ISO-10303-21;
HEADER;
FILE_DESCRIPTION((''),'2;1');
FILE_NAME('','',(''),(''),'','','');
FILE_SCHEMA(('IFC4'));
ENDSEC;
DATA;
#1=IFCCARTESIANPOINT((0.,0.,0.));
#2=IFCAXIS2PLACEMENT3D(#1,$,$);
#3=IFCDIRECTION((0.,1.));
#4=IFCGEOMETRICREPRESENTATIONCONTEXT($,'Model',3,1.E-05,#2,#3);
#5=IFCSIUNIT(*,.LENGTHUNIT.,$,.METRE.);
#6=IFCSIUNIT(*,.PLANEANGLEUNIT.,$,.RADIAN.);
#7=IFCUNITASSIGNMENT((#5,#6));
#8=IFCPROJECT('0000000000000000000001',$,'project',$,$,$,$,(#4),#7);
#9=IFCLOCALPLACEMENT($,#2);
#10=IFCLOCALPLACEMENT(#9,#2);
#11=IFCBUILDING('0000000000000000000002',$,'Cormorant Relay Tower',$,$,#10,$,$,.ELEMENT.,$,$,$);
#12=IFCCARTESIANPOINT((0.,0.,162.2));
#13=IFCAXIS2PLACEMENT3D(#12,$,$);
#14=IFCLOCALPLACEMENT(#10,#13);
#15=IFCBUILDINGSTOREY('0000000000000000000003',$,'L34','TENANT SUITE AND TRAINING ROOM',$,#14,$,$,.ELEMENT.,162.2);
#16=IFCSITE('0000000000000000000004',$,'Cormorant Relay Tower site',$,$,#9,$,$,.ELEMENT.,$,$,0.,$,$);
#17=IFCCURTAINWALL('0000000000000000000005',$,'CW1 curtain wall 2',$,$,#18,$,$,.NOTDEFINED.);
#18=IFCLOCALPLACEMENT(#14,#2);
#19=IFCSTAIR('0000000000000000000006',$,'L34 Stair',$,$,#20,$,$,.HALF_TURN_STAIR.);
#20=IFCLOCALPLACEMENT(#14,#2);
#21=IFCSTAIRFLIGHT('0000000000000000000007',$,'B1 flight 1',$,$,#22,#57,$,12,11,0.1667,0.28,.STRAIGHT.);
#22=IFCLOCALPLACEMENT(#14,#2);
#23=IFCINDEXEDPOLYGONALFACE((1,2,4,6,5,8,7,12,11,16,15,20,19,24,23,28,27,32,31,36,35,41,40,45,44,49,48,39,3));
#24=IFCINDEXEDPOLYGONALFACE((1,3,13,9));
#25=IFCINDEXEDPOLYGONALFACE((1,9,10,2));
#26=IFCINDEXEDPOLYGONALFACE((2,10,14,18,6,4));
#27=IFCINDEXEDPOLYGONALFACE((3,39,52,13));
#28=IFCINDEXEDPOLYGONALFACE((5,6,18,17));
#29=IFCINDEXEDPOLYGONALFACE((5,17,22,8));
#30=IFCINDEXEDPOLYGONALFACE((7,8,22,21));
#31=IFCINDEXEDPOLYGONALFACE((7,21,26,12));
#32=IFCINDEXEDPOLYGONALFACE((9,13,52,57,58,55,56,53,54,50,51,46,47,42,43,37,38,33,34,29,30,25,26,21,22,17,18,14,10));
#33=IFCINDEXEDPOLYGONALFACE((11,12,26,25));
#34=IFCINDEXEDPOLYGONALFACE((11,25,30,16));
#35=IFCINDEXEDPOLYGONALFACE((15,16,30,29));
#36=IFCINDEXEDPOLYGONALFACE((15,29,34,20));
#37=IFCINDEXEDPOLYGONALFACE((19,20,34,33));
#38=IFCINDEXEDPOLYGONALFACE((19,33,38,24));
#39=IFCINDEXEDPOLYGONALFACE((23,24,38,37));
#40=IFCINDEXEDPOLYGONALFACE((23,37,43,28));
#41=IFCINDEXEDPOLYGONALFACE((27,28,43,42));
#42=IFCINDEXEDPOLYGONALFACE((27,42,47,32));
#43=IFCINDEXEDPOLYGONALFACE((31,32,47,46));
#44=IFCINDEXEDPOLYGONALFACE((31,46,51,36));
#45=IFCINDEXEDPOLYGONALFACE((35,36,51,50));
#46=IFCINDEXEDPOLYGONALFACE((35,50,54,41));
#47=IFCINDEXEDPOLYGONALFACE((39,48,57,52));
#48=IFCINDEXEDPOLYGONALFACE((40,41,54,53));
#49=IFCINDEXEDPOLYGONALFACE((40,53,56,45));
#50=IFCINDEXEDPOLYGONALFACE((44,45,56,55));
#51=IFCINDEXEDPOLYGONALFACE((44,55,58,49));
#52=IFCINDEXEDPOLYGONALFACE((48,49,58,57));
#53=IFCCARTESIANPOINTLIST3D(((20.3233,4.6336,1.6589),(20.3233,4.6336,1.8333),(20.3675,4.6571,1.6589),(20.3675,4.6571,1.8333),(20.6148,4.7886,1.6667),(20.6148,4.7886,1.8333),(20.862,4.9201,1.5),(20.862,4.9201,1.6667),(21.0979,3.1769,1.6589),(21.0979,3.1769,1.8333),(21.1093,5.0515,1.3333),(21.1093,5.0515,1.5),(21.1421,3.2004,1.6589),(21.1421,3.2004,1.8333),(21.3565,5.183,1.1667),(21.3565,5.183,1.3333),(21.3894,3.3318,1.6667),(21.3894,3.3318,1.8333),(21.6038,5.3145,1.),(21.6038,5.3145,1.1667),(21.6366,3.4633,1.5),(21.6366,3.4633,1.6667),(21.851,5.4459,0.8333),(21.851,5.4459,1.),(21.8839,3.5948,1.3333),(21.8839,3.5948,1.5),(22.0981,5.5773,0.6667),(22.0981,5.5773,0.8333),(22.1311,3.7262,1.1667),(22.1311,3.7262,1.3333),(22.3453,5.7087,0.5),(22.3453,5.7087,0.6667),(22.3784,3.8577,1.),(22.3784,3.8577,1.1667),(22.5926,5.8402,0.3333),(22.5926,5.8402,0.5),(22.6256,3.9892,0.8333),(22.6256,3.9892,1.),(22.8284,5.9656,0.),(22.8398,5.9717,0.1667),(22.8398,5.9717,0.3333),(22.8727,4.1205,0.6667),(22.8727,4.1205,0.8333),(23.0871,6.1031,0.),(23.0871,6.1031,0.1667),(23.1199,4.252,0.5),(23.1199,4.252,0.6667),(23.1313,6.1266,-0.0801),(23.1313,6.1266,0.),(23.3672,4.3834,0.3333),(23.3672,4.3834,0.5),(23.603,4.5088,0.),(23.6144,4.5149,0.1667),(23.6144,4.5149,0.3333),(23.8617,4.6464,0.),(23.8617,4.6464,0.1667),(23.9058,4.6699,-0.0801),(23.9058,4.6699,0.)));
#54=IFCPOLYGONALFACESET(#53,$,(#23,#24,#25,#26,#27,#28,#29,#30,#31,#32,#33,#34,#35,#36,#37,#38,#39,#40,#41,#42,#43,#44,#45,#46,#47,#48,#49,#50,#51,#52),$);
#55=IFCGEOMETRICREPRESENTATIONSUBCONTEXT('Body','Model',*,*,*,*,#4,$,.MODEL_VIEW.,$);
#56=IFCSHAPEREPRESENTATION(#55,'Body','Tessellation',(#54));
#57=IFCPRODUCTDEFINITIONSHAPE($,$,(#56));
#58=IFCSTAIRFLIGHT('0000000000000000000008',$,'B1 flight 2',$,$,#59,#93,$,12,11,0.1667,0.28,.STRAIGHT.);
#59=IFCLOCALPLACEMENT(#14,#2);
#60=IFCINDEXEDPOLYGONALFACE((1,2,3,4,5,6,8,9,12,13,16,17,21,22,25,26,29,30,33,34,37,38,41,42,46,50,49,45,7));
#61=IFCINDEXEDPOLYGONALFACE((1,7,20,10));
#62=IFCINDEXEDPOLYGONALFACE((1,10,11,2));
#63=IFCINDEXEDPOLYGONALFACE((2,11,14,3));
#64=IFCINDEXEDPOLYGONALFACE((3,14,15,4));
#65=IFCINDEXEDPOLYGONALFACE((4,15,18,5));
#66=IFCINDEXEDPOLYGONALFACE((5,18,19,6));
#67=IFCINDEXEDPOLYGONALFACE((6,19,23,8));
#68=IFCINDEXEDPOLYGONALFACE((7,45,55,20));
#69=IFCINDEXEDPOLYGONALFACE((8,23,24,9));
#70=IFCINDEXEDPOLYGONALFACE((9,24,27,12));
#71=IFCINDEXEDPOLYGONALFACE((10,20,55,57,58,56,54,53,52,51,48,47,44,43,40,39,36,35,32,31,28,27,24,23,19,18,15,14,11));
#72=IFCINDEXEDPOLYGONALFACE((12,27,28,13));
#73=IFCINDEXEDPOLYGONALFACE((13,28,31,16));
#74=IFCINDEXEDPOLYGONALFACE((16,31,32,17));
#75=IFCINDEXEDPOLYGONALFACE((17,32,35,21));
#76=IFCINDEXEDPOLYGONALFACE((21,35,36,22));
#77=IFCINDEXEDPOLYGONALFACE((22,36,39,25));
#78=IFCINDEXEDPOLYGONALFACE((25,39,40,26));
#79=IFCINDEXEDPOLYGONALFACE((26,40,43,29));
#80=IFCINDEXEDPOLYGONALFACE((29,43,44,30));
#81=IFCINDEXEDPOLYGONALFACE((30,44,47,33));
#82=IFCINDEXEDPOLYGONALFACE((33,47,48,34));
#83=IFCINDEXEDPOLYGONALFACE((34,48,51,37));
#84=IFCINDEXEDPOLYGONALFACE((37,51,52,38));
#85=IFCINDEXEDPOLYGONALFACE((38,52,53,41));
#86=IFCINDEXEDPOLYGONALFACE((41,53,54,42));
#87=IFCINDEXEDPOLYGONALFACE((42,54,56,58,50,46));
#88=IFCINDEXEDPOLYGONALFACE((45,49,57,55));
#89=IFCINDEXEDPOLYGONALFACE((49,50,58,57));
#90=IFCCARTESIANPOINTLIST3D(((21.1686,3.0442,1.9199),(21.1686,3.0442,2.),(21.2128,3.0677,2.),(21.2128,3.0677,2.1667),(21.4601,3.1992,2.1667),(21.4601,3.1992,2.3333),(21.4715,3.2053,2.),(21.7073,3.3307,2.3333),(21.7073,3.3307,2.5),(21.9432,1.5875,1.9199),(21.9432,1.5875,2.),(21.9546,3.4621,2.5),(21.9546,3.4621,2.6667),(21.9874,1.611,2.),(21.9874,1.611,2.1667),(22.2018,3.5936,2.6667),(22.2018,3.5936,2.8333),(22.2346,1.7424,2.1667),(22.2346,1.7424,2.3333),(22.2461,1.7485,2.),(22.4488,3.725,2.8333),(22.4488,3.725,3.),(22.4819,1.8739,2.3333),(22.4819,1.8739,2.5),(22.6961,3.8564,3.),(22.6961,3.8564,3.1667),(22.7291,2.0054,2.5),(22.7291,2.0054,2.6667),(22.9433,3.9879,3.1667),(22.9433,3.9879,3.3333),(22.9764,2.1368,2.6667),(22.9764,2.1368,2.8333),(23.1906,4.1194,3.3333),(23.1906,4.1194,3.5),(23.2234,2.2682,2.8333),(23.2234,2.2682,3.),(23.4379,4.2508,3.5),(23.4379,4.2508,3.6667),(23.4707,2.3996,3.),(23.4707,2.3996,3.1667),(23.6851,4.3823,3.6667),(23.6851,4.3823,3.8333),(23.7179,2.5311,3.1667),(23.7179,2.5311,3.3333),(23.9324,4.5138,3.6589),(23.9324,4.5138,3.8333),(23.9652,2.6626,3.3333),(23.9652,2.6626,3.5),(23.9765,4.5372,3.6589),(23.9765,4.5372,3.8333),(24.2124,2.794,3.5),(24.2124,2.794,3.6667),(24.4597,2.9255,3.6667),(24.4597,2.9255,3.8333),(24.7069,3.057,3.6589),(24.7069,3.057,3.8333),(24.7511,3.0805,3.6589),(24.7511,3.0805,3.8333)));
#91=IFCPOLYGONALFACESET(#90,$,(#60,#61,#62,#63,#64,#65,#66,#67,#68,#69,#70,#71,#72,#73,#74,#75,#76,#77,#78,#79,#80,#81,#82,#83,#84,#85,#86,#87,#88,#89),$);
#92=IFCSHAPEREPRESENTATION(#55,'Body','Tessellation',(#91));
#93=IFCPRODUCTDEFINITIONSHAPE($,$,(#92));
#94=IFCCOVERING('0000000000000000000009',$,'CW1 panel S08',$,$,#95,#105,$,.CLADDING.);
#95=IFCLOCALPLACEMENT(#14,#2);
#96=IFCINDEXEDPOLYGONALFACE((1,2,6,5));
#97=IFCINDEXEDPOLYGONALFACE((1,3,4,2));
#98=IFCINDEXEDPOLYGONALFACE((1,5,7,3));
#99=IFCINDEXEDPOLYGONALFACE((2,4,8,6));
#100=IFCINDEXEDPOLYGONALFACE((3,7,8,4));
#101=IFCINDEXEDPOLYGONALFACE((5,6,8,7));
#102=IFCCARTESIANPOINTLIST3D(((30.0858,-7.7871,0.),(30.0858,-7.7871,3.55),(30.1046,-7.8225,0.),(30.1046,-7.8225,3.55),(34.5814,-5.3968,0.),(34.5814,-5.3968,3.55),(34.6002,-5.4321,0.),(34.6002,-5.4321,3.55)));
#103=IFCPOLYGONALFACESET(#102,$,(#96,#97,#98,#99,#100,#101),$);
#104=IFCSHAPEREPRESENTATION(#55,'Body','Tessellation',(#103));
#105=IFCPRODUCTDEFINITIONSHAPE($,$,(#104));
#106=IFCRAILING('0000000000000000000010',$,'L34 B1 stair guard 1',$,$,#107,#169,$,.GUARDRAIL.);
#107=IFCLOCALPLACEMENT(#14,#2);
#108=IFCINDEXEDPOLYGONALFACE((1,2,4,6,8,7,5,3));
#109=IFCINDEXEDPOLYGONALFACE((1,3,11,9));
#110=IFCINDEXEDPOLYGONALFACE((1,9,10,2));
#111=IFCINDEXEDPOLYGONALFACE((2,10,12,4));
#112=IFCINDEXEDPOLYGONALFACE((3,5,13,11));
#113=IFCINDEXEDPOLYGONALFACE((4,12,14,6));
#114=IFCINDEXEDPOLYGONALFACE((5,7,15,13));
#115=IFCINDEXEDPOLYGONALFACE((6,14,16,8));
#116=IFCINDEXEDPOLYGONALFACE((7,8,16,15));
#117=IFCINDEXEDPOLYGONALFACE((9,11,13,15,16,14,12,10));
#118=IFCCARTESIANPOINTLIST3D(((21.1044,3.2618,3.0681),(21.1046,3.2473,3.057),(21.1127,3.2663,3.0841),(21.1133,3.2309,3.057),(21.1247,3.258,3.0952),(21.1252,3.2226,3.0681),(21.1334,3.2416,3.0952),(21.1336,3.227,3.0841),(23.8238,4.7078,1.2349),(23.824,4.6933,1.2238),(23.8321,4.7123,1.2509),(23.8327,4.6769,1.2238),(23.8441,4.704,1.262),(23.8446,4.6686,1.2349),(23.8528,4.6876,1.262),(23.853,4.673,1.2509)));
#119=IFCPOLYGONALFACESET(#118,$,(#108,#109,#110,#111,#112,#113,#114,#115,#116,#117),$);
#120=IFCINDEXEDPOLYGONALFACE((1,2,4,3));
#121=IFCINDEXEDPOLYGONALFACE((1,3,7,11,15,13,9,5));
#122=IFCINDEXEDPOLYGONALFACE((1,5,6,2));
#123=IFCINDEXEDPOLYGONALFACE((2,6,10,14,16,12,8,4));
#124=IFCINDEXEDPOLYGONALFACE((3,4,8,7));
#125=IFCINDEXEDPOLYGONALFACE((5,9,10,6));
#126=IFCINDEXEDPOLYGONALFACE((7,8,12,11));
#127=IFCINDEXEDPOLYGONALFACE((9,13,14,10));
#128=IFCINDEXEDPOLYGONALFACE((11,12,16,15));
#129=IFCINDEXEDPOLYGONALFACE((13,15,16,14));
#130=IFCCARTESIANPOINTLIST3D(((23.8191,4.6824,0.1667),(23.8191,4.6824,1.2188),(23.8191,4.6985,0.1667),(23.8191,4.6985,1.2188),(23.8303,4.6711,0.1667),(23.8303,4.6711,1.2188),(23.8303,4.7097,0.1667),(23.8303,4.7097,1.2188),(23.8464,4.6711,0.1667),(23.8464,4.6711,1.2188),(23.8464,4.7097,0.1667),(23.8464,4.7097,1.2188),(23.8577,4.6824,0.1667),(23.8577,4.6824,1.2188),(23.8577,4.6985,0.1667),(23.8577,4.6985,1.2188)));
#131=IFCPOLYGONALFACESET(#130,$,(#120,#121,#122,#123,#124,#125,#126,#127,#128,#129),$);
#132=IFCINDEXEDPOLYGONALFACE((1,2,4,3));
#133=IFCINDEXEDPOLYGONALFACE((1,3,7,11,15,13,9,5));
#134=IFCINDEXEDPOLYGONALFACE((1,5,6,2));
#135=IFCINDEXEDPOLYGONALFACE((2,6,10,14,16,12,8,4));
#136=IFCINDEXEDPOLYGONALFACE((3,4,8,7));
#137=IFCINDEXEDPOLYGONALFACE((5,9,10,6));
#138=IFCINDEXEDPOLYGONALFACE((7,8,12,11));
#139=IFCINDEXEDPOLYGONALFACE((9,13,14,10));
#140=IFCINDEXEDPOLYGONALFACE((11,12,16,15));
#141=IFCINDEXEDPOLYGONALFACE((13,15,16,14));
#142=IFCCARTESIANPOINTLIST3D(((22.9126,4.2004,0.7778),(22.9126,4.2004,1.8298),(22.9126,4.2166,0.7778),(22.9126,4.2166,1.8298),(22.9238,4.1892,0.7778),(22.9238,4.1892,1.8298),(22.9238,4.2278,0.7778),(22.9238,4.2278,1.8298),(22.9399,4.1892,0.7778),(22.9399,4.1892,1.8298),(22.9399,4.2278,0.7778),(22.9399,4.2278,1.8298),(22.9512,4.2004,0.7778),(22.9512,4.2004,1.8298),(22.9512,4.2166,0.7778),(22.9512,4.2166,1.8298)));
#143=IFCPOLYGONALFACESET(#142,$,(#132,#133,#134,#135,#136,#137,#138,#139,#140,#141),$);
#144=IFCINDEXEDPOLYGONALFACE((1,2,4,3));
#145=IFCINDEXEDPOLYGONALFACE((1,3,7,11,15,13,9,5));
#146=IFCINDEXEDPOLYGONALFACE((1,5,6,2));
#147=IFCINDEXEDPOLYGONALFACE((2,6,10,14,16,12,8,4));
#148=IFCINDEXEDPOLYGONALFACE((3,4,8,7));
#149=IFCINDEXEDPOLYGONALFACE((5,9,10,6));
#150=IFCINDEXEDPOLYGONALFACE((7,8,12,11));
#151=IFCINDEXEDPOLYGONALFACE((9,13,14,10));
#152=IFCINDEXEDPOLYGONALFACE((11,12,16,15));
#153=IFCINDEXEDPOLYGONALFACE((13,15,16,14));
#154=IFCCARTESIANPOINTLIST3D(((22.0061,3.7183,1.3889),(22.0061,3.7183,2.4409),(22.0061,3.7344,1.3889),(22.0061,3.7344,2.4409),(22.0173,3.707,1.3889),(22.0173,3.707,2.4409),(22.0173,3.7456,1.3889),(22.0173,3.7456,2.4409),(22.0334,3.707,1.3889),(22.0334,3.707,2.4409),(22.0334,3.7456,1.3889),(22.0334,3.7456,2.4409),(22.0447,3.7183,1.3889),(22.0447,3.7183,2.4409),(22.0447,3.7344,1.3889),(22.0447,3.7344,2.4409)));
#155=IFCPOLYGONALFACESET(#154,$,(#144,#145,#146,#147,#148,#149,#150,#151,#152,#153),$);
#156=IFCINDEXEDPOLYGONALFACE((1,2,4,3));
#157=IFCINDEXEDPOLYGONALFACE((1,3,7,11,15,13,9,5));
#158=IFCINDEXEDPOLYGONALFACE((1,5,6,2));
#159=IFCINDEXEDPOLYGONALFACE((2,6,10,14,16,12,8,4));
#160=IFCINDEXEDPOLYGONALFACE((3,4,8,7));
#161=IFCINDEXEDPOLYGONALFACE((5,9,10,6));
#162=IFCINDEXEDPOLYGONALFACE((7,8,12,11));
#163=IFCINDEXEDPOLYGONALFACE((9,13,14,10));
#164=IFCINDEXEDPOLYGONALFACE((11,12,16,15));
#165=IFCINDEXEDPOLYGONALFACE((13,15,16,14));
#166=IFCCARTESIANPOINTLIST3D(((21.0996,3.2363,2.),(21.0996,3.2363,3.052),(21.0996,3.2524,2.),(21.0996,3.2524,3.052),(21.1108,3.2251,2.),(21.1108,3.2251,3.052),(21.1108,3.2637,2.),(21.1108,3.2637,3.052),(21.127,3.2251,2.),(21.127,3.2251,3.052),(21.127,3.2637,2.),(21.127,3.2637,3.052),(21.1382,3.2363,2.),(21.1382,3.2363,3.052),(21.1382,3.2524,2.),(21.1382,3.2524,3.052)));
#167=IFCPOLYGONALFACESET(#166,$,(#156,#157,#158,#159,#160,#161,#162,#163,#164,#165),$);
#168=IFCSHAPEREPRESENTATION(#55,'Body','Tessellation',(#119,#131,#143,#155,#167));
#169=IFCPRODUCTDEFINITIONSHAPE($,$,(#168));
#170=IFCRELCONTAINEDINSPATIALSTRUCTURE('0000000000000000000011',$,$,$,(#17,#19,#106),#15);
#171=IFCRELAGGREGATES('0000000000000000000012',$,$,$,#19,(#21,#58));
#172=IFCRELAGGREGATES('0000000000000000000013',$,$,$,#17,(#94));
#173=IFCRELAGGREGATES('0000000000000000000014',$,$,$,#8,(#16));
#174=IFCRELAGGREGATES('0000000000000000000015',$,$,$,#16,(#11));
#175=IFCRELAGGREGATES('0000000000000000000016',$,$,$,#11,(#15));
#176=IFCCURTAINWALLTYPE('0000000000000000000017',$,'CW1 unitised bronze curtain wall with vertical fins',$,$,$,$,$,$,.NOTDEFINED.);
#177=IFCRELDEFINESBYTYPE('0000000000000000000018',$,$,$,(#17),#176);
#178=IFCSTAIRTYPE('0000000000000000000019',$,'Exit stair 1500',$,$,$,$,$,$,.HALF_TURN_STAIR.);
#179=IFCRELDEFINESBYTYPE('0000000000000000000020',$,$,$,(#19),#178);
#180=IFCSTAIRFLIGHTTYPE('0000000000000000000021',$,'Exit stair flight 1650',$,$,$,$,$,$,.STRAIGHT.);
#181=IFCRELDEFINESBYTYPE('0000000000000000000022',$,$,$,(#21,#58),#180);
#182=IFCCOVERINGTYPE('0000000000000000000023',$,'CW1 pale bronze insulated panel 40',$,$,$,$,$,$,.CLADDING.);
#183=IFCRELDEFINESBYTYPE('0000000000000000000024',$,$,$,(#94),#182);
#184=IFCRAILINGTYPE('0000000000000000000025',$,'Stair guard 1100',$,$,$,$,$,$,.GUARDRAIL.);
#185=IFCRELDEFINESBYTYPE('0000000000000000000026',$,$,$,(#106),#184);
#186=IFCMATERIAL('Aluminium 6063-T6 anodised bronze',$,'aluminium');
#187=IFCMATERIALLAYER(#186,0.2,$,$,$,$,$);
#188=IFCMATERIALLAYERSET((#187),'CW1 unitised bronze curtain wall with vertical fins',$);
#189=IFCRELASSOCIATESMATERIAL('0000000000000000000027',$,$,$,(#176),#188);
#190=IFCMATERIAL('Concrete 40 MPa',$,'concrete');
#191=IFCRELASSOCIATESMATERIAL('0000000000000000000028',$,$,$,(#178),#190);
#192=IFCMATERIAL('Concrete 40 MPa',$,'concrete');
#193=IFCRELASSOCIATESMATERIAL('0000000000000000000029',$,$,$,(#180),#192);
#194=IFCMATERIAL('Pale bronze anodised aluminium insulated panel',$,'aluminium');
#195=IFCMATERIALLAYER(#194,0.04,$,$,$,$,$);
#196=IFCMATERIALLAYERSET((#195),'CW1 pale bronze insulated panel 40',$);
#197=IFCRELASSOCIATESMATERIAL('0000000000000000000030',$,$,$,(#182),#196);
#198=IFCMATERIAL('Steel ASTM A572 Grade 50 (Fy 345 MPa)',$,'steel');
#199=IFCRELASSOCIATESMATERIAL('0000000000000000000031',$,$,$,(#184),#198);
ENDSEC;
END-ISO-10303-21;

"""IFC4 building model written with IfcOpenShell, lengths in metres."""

from ifc_helpers import new_model, si_unit, direction, frame, origin, origin_2d, place, context, subcontext, project, spatial, polyline, rectangle, outline, extrude, material, layer, layer_set, type_object, element, aggregate, save


model = new_model("IFC4")

# Units and contexts
model_context = context("Model", 3, precision=1e-05, world=origin(), true_north=direction((0.0, 1.0)))
body_context = subcontext(model_context, "Body", "Model", "MODEL_VIEW")
ifc_project = project(units=[si_unit("LENGTHUNIT", "METRE"), si_unit("PLANEANGLEUNIT", "RADIAN")], contexts=[model_context])

# Site, building, storey
site_placement = place(None, origin())
site = spatial("IfcSite", under=ifc_project, at=site_placement, Name="Cormorant Relay Tower site", CompositionType="ELEMENT", RefElevation=0.0)
building_placement = place(site_placement, origin())
building = spatial("IfcBuilding", under=site, at=building_placement, Name="Cormorant Relay Tower", CompositionType="ELEMENT")
storey_placement = place(building_placement, frame((0.0, 0.0, 162.2)))
storey = spatial("IfcBuildingStorey", under=building, at=storey_placement, Name="L34", Description="TENANT SUITE AND TRAINING ROOM", CompositionType="ELEMENT", Elevation=162.2)

# Curtain wall
ifc_material_1 = material(Name="Aluminium 6063-T6 anodised bronze", Category="aluminium")
ifc_layer_1 = layer(ifc_material_1, 0.2)
ifc_layer_set_1 = layer_set([ifc_layer_1], Name="CW1 unitised bronze curtain wall with vertical fins")
curtain_wall_type = type_object("IfcCurtainWallType", Name="CW1 unitised bronze curtain wall with vertical fins", PredefinedType="NOTDEFINED", material=ifc_layer_set_1)
curtain_wall_1_placement = place(storey_placement, origin())
curtain_wall_1 = element("IfcCurtainWall", 1, at=curtain_wall_1_placement, inside=storey, type_object=curtain_wall_type, Name="CW1 curtain wall 2", PredefinedType="NOTDEFINED")

# Stair, stair flights
ifc_material_2 = material(Name="Concrete 40 MPa", Category="concrete")
stair_type = type_object("IfcStairType", Name="Exit stair 1500", PredefinedType="HALF_TURN_STAIR", material=ifc_material_2)
stair_placement = place(storey_placement, origin())
stair = element("IfcStair", 2, at=stair_placement, inside=storey, type_object=stair_type, Name="L34 Stair", PredefinedType="HALF_TURN_STAIR")
ifc_material_3 = material(Name="Concrete 40 MPa", Category="concrete")
stair_flight_type = type_object("IfcStairFlightType", Name="Exit stair flight 1650", PredefinedType="STRAIGHT", material=ifc_material_3)
stair_flight_1_placement = place(storey_placement, frame((23.4744, 5.3748, 0.0), z_axis=(0.0, 0.0, 1.0), x_axis=(-0.882948, -0.469472, 0.0)))
stair_flight_1 = element("IfcStairFlight", 3, at=stair_flight_1_placement, type_object=stair_flight_type, Name="B1 flight 1", NumberOfRisers=12, NumberOfTreads=11, PredefinedType="STRAIGHT", RiserHeight=0.1667, TreadLength=0.28, context=body_context, shape_type="SweptSolid", body=[
    extrude(outline(polyline([(-0.05, -0.0801), (-0.05, 0.0), (0.0, 0.0), (0.0, 0.1667), (0.28, 0.1667), (0.28, 0.3333), (0.5601, 0.3333), (0.5601, 0.5), (0.8401, 0.5), (0.8401, 0.6667), (1.1201, 0.6667), (1.1201, 0.8333), (1.3999, 0.8333), (1.3999, 1.0), (1.6799, 1.0), (1.6799, 1.1667), (1.96, 1.1667), (1.96, 1.3333), (2.24, 1.3333), (2.24, 1.5), (2.52, 1.5), (2.52, 1.6667), (2.8, 1.6667), (2.8, 1.8333), (3.0801, 1.8333), (3.1301, 1.8333), (3.1301, 1.6589), (3.0801, 1.6589), (0.293, 0.0), (-0.05, -0.0801)])), frame((0.0, 0.825, 0.0), z_axis=(0.0, -1.0, 0.0), x_axis=(1.0, 0.0, 0.0)), (0.0, 0.0, 1.0), 1.6499),
])
stair_flight_2_placement = place(storey_placement, frame((21.6001, 2.3394, 2.0), z_axis=(0.0, 0.0, 1.0), x_axis=(0.882948, 0.469472, 0.0)))
stair_flight_2 = element("IfcStairFlight", 4, at=stair_flight_2_placement, type_object=stair_flight_type, Name="B1 flight 2", NumberOfRisers=12, NumberOfTreads=11, PredefinedType="STRAIGHT", RiserHeight=0.1667, TreadLength=0.28, context=body_context, shape_type="SweptSolid", body=[
    extrude(outline(polyline([(-0.05, -0.0801), (-0.05, 0.0), (0.0, 0.0), (0.0, 0.1667), (0.28, 0.1667), (0.28, 0.3333), (0.5601, 0.3333), (0.5601, 0.5), (0.8401, 0.5), (0.8401, 0.6667), (1.1201, 0.6667), (1.1201, 0.8333), (1.3999, 0.8333), (1.3999, 1.0), (1.6799, 1.0), (1.6799, 1.1667), (1.96, 1.1667), (1.96, 1.3333), (2.24, 1.3333), (2.24, 1.5), (2.52, 1.5), (2.52, 1.6667), (2.8, 1.6667), (2.8, 1.8333), (3.0801, 1.8333), (3.1301, 1.8333), (3.1301, 1.6589), (3.0801, 1.6589), (0.293, 0.0), (-0.05, -0.0801)])), frame((0.0, 0.825, 0.0), z_axis=(0.0, -1.0, 0.0), x_axis=(1.0, 0.0, 0.0)), (0.0, 0.0, 1.0), 1.6499),
])
aggregate(stair, [stair_flight_1, stair_flight_2])

# Covering
ifc_material_4 = material(Name="Pale bronze anodised aluminium insulated panel", Category="aluminium")
ifc_layer_2 = layer(ifc_material_4, 0.04)
ifc_layer_set_2 = layer_set([ifc_layer_2], Name="CW1 pale bronze insulated panel 40")
covering_type = type_object("IfcCoveringType", Name="CW1 pale bronze insulated panel 40", PredefinedType="CLADDING", material=ifc_layer_set_2)
covering_placement = place(storey_placement, frame((32.343, -6.6096, 0.0), z_axis=(0.0, 0.0, 1.0), x_axis=(0.882948, 0.469472, 0.0)))
covering = element("IfcCovering", 5, at=covering_placement, type_object=covering_type, Name="CW1 panel S08", PredefinedType="CLADDING", context=body_context, shape_type="SweptSolid", body=[
    extrude(rectangle(XDim=5.0916, YDim=0.04, at=origin_2d()), origin(), (0.0, 0.0, 1.0), 3.55),
])
aggregate(curtain_wall_1, [covering])

# Railing
ifc_material_5 = material(Name="Steel ASTM A572 Grade 50 (Fy 345 MPa)", Category="steel")
railing_type_1 = type_object("IfcRailingType", Name="Stair guard 1100", PredefinedType="GUARDRAIL", material=ifc_material_5)
railing_1_placement = place(storey_placement, frame((23.8384, 4.6904, 0.1667)))
element("IfcRailing", 6, at=railing_1_placement, inside=storey, type_object=railing_type_1, Name="L34 B1 stair guard 1", PredefinedType="GUARDRAIL", context=body_context, shape_type="SweptSolid", body=[
    extrude(outline(polyline([(0.0222, 0.0093), (0.0093, 0.0222), (-0.0093, 0.0222), (-0.0222, 0.0093), (-0.0222, -0.0093), (-0.0093, -0.0222), (0.0093, -0.0222), (0.0222, -0.0093), (0.0222, 0.0093)])), frame((0.0, 0.0, 1.0762), z_axis=(-0.758714, -0.403435, 0.511463), x_axis=(0.469489, -0.882938, 0.0)), (0.0, 0.0, 1.0), 3.5842),
    extrude(outline(polyline([(0.0193, 0.0081), (0.0081, 0.0193), (-0.0081, 0.0193), (-0.0193, 0.0081), (-0.0193, -0.0081), (-0.0081, -0.0193), (0.0081, -0.0193), (0.0193, -0.0081), (0.0193, 0.0081)])), origin(), (0.0, 0.0, 1.0), 1.052),
    extrude(outline(polyline([(0.0193, 0.0081), (0.0081, 0.0193), (-0.0081, 0.0193), (-0.0193, 0.0081), (-0.0193, -0.0081), (-0.0081, -0.0193), (0.0081, -0.0193), (0.0193, -0.0081), (0.0193, 0.0081)])), frame((-0.9065, -0.4819, 0.6111)), (0.0, 0.0, 1.0), 1.052),
    extrude(outline(polyline([(0.0193, 0.0081), (0.0081, 0.0193), (-0.0081, 0.0193), (-0.0193, 0.0081), (-0.0193, -0.0081), (-0.0081, -0.0193), (0.0081, -0.0193), (0.0193, -0.0081), (0.0193, 0.0081)])), frame((-1.813, -0.9641, 1.2222)), (0.0, 0.0, 1.0), 1.052),
    extrude(outline(polyline([(0.0193, 0.0081), (0.0081, 0.0193), (-0.0081, 0.0193), (-0.0193, 0.0081), (-0.0193, -0.0081), (-0.0081, -0.0193), (0.0081, -0.0193), (0.0193, -0.0081), (0.0193, 0.0081)])), frame((-2.7195, -1.446, 1.8333)), (0.0, 0.0, 1.0), 1.052),
])

save(model, "model.ifc")
